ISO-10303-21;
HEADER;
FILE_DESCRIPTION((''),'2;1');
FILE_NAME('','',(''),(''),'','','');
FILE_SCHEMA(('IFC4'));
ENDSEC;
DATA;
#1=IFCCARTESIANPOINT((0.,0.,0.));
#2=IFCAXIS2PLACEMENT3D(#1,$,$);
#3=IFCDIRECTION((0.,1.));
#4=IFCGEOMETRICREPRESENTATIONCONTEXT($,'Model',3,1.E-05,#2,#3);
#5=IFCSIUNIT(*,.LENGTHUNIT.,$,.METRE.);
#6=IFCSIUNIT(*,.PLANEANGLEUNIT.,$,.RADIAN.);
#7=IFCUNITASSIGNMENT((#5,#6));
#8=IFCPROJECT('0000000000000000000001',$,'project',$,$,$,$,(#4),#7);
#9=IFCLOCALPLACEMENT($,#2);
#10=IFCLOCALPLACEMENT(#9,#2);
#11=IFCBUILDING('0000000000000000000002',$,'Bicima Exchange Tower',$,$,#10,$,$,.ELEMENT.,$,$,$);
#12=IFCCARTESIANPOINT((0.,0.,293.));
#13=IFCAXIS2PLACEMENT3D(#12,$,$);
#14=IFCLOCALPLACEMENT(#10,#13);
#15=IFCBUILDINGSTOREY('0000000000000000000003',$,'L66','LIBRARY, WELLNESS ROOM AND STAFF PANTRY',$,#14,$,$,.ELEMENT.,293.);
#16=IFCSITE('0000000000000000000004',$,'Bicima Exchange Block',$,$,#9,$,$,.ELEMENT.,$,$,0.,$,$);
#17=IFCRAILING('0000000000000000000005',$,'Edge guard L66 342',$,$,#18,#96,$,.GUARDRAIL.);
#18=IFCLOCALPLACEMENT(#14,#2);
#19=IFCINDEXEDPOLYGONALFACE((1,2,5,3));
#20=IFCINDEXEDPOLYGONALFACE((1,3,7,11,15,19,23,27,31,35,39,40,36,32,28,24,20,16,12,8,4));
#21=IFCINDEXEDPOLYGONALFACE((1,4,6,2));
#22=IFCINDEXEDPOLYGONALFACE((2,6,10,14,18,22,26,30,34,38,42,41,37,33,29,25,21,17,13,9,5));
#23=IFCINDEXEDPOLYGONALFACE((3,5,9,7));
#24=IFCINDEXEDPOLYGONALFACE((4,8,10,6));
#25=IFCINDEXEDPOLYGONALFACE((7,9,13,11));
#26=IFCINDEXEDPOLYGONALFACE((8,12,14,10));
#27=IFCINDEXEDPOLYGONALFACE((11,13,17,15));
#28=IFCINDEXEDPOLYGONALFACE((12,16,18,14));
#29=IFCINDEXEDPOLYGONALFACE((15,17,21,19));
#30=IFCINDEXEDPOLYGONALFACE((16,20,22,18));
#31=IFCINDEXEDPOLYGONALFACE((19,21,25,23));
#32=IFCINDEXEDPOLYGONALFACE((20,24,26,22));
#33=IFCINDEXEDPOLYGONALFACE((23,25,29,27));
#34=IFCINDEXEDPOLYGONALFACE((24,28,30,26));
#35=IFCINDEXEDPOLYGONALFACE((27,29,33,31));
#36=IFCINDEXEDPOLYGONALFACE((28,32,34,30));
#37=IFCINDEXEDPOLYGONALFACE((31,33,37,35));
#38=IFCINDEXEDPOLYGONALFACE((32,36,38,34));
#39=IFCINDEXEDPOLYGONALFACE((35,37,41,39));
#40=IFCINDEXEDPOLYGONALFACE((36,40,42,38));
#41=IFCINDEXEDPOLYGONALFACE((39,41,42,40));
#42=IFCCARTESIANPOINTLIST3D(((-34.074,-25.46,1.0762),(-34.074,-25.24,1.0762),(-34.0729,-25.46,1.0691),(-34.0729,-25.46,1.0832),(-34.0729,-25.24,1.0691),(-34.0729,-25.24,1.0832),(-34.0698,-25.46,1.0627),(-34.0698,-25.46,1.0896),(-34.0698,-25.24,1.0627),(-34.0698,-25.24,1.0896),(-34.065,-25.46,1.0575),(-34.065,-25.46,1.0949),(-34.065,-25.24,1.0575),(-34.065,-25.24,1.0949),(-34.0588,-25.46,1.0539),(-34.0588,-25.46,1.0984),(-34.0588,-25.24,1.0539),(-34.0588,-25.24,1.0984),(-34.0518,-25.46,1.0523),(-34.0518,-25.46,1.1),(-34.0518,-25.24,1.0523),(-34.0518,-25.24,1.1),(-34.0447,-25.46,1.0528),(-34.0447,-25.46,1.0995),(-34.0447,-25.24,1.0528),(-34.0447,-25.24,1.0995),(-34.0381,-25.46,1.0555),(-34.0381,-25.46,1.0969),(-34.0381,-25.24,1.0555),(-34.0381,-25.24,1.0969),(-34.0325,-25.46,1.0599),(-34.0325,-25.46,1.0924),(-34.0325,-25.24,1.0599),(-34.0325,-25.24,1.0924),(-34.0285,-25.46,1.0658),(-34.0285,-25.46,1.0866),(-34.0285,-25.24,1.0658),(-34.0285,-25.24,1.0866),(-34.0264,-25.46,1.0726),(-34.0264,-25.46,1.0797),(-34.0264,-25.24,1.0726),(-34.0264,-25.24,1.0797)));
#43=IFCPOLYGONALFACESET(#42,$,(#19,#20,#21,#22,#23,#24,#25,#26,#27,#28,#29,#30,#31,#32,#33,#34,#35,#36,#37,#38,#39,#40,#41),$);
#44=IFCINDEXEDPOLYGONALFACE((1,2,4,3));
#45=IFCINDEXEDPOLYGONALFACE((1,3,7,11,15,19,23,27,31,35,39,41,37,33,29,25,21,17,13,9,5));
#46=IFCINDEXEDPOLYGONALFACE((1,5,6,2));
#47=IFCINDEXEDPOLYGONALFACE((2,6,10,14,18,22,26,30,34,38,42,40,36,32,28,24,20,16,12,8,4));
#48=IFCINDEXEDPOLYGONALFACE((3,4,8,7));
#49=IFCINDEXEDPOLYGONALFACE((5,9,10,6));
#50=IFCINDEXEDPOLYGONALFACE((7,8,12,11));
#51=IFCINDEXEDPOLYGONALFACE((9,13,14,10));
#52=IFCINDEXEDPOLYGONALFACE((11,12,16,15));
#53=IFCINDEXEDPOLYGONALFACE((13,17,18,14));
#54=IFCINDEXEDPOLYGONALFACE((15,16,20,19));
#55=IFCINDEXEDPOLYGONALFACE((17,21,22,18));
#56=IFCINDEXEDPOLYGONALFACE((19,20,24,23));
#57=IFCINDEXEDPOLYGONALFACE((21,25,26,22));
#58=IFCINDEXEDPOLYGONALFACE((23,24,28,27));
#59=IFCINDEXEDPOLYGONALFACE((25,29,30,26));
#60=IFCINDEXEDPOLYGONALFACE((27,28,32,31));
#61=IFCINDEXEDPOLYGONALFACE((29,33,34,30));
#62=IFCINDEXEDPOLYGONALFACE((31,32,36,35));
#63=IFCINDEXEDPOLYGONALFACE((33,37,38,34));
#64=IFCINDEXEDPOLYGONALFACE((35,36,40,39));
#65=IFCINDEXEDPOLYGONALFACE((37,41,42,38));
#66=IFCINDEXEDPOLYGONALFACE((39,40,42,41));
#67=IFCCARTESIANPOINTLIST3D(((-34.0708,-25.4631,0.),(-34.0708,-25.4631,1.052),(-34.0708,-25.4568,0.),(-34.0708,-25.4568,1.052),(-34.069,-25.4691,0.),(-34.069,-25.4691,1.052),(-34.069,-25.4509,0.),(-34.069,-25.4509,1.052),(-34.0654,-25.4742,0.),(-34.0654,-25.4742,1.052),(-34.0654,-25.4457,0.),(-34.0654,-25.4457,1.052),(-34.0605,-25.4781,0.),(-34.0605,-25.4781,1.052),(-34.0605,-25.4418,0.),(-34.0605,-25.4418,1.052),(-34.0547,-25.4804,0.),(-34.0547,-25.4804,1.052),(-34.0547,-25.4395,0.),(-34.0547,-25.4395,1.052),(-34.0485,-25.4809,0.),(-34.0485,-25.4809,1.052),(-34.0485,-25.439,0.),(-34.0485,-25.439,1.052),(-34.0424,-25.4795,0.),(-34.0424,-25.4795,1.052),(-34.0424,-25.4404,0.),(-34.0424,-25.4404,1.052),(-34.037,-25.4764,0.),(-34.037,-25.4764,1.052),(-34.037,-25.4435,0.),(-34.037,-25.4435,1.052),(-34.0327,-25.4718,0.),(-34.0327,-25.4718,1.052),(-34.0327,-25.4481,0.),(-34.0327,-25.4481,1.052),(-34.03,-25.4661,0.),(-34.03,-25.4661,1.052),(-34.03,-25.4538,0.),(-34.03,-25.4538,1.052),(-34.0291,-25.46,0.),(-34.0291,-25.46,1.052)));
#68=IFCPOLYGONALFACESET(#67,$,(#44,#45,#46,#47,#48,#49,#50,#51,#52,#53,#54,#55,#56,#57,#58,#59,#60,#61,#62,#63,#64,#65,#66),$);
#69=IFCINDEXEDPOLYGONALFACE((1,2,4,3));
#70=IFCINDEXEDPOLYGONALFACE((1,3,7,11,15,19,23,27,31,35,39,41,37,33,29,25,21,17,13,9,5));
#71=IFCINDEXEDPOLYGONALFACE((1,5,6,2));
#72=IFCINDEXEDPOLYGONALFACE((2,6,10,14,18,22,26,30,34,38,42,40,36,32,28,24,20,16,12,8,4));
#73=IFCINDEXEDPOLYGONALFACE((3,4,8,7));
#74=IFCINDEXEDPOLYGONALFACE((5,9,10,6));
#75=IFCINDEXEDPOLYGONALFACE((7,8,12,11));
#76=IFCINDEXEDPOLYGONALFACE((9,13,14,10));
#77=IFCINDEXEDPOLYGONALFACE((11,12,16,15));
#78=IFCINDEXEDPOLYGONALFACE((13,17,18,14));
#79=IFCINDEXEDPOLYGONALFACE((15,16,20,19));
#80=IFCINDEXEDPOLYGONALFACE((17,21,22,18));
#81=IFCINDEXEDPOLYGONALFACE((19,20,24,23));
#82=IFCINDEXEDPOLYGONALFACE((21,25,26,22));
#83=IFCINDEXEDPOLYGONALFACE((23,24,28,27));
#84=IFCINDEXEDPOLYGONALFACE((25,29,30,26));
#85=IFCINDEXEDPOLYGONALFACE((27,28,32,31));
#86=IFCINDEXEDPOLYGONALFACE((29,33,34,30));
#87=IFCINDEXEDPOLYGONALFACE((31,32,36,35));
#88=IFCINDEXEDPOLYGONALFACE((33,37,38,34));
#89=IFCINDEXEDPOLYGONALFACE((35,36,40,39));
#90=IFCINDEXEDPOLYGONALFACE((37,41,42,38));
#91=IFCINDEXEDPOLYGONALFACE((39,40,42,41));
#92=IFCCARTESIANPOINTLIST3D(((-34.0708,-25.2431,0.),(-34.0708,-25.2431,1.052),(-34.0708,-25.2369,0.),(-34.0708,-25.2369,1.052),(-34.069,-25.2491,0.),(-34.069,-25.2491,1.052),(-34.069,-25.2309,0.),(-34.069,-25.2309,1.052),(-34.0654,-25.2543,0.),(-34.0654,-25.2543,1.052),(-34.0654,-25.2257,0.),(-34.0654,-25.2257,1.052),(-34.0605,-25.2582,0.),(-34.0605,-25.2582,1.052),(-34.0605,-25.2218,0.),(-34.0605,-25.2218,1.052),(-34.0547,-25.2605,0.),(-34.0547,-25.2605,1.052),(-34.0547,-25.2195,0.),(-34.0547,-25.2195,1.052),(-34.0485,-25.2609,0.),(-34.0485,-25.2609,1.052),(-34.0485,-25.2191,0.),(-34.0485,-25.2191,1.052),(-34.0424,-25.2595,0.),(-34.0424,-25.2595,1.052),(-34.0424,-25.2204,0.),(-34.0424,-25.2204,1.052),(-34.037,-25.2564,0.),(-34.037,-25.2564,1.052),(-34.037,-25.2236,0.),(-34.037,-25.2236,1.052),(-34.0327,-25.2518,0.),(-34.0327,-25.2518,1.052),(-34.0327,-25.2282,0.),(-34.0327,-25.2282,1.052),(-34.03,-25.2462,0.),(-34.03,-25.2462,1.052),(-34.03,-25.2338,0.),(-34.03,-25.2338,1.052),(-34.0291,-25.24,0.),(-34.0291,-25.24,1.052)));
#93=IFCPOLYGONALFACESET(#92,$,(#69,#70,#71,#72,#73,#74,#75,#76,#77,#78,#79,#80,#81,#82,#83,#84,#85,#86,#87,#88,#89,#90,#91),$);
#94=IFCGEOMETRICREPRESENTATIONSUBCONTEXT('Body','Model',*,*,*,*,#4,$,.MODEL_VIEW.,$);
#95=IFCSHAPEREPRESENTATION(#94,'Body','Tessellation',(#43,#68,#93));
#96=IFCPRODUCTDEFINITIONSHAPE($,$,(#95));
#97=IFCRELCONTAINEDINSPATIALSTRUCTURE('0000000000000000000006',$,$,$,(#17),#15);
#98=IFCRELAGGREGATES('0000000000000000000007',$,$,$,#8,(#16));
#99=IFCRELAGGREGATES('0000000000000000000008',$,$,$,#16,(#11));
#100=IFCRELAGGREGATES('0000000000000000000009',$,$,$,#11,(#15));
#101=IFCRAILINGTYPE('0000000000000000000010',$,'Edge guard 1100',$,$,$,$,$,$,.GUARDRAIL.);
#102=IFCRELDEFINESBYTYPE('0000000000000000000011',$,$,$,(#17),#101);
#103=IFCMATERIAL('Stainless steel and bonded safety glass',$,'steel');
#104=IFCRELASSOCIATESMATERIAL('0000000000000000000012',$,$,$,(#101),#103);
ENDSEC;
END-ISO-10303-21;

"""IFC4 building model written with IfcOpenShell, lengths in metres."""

from ifc_helpers import new_model, si_unit, direction, frame, origin, origin_2d, place, context, subcontext, project, spatial, circle, extrude, material, type_object, element, save


model = new_model("IFC4")

# Units and contexts
model_context = context("Model", 3, precision=1e-05, world=origin(), true_north=direction((0.0, 1.0)))
body_context = subcontext(model_context, "Body", "Model", "MODEL_VIEW")
ifc_project = project(units=[si_unit("LENGTHUNIT", "METRE"), si_unit("PLANEANGLEUNIT", "RADIAN")], contexts=[model_context])

# Site, building, storey
site_placement = place(None, origin())
site = spatial("IfcSite", under=ifc_project, at=site_placement, Name="Bicima Exchange Block", CompositionType="ELEMENT", RefElevation=0.0)
building_placement = place(site_placement, origin())
building = spatial("IfcBuilding", under=site, at=building_placement, Name="Bicima Exchange Tower", CompositionType="ELEMENT")
storey_placement = place(building_placement, frame((0.0, 0.0, 293.0)))
storey = spatial("IfcBuildingStorey", under=building, at=storey_placement, Name="L66", Description="LIBRARY, WELLNESS ROOM AND STAFF PANTRY", CompositionType="ELEMENT", Elevation=293.0)

# Railing
ifc_material_1 = material(Name="Stainless steel and bonded safety glass", Category="steel")
railing_type = type_object("IfcRailingType", Name="Edge guard 1100", PredefinedType="GUARDRAIL", material=ifc_material_1)
railing_1_placement = place(storey_placement, frame((-34.05, -25.46, 0.0)))
element("IfcRailing", 1, at=railing_1_placement, inside=storey, type_object=railing_type, Name="Edge guard L66 342", PredefinedType="GUARDRAIL", context=body_context, shape_type="SweptSolid", body=[
    extrude(circle(Radius=0.0239, at=origin_2d()), frame((0.0, 0.0, 1.0762), z_axis=(0.0, 1.0, 0.0), x_axis=(-1.0, 0.0, 0.0)), (0.0, 0.0, 1.0), 0.22),
    extrude(circle(Radius=0.021, at=origin_2d()), origin(), (0.0, 0.0, 1.0), 1.052),
    extrude(circle(Radius=0.021, at=origin_2d()), frame((0.0, 0.22, 0.0)), (0.0, 0.0, 1.0), 1.052),
])

save(model, "model.ifc")
